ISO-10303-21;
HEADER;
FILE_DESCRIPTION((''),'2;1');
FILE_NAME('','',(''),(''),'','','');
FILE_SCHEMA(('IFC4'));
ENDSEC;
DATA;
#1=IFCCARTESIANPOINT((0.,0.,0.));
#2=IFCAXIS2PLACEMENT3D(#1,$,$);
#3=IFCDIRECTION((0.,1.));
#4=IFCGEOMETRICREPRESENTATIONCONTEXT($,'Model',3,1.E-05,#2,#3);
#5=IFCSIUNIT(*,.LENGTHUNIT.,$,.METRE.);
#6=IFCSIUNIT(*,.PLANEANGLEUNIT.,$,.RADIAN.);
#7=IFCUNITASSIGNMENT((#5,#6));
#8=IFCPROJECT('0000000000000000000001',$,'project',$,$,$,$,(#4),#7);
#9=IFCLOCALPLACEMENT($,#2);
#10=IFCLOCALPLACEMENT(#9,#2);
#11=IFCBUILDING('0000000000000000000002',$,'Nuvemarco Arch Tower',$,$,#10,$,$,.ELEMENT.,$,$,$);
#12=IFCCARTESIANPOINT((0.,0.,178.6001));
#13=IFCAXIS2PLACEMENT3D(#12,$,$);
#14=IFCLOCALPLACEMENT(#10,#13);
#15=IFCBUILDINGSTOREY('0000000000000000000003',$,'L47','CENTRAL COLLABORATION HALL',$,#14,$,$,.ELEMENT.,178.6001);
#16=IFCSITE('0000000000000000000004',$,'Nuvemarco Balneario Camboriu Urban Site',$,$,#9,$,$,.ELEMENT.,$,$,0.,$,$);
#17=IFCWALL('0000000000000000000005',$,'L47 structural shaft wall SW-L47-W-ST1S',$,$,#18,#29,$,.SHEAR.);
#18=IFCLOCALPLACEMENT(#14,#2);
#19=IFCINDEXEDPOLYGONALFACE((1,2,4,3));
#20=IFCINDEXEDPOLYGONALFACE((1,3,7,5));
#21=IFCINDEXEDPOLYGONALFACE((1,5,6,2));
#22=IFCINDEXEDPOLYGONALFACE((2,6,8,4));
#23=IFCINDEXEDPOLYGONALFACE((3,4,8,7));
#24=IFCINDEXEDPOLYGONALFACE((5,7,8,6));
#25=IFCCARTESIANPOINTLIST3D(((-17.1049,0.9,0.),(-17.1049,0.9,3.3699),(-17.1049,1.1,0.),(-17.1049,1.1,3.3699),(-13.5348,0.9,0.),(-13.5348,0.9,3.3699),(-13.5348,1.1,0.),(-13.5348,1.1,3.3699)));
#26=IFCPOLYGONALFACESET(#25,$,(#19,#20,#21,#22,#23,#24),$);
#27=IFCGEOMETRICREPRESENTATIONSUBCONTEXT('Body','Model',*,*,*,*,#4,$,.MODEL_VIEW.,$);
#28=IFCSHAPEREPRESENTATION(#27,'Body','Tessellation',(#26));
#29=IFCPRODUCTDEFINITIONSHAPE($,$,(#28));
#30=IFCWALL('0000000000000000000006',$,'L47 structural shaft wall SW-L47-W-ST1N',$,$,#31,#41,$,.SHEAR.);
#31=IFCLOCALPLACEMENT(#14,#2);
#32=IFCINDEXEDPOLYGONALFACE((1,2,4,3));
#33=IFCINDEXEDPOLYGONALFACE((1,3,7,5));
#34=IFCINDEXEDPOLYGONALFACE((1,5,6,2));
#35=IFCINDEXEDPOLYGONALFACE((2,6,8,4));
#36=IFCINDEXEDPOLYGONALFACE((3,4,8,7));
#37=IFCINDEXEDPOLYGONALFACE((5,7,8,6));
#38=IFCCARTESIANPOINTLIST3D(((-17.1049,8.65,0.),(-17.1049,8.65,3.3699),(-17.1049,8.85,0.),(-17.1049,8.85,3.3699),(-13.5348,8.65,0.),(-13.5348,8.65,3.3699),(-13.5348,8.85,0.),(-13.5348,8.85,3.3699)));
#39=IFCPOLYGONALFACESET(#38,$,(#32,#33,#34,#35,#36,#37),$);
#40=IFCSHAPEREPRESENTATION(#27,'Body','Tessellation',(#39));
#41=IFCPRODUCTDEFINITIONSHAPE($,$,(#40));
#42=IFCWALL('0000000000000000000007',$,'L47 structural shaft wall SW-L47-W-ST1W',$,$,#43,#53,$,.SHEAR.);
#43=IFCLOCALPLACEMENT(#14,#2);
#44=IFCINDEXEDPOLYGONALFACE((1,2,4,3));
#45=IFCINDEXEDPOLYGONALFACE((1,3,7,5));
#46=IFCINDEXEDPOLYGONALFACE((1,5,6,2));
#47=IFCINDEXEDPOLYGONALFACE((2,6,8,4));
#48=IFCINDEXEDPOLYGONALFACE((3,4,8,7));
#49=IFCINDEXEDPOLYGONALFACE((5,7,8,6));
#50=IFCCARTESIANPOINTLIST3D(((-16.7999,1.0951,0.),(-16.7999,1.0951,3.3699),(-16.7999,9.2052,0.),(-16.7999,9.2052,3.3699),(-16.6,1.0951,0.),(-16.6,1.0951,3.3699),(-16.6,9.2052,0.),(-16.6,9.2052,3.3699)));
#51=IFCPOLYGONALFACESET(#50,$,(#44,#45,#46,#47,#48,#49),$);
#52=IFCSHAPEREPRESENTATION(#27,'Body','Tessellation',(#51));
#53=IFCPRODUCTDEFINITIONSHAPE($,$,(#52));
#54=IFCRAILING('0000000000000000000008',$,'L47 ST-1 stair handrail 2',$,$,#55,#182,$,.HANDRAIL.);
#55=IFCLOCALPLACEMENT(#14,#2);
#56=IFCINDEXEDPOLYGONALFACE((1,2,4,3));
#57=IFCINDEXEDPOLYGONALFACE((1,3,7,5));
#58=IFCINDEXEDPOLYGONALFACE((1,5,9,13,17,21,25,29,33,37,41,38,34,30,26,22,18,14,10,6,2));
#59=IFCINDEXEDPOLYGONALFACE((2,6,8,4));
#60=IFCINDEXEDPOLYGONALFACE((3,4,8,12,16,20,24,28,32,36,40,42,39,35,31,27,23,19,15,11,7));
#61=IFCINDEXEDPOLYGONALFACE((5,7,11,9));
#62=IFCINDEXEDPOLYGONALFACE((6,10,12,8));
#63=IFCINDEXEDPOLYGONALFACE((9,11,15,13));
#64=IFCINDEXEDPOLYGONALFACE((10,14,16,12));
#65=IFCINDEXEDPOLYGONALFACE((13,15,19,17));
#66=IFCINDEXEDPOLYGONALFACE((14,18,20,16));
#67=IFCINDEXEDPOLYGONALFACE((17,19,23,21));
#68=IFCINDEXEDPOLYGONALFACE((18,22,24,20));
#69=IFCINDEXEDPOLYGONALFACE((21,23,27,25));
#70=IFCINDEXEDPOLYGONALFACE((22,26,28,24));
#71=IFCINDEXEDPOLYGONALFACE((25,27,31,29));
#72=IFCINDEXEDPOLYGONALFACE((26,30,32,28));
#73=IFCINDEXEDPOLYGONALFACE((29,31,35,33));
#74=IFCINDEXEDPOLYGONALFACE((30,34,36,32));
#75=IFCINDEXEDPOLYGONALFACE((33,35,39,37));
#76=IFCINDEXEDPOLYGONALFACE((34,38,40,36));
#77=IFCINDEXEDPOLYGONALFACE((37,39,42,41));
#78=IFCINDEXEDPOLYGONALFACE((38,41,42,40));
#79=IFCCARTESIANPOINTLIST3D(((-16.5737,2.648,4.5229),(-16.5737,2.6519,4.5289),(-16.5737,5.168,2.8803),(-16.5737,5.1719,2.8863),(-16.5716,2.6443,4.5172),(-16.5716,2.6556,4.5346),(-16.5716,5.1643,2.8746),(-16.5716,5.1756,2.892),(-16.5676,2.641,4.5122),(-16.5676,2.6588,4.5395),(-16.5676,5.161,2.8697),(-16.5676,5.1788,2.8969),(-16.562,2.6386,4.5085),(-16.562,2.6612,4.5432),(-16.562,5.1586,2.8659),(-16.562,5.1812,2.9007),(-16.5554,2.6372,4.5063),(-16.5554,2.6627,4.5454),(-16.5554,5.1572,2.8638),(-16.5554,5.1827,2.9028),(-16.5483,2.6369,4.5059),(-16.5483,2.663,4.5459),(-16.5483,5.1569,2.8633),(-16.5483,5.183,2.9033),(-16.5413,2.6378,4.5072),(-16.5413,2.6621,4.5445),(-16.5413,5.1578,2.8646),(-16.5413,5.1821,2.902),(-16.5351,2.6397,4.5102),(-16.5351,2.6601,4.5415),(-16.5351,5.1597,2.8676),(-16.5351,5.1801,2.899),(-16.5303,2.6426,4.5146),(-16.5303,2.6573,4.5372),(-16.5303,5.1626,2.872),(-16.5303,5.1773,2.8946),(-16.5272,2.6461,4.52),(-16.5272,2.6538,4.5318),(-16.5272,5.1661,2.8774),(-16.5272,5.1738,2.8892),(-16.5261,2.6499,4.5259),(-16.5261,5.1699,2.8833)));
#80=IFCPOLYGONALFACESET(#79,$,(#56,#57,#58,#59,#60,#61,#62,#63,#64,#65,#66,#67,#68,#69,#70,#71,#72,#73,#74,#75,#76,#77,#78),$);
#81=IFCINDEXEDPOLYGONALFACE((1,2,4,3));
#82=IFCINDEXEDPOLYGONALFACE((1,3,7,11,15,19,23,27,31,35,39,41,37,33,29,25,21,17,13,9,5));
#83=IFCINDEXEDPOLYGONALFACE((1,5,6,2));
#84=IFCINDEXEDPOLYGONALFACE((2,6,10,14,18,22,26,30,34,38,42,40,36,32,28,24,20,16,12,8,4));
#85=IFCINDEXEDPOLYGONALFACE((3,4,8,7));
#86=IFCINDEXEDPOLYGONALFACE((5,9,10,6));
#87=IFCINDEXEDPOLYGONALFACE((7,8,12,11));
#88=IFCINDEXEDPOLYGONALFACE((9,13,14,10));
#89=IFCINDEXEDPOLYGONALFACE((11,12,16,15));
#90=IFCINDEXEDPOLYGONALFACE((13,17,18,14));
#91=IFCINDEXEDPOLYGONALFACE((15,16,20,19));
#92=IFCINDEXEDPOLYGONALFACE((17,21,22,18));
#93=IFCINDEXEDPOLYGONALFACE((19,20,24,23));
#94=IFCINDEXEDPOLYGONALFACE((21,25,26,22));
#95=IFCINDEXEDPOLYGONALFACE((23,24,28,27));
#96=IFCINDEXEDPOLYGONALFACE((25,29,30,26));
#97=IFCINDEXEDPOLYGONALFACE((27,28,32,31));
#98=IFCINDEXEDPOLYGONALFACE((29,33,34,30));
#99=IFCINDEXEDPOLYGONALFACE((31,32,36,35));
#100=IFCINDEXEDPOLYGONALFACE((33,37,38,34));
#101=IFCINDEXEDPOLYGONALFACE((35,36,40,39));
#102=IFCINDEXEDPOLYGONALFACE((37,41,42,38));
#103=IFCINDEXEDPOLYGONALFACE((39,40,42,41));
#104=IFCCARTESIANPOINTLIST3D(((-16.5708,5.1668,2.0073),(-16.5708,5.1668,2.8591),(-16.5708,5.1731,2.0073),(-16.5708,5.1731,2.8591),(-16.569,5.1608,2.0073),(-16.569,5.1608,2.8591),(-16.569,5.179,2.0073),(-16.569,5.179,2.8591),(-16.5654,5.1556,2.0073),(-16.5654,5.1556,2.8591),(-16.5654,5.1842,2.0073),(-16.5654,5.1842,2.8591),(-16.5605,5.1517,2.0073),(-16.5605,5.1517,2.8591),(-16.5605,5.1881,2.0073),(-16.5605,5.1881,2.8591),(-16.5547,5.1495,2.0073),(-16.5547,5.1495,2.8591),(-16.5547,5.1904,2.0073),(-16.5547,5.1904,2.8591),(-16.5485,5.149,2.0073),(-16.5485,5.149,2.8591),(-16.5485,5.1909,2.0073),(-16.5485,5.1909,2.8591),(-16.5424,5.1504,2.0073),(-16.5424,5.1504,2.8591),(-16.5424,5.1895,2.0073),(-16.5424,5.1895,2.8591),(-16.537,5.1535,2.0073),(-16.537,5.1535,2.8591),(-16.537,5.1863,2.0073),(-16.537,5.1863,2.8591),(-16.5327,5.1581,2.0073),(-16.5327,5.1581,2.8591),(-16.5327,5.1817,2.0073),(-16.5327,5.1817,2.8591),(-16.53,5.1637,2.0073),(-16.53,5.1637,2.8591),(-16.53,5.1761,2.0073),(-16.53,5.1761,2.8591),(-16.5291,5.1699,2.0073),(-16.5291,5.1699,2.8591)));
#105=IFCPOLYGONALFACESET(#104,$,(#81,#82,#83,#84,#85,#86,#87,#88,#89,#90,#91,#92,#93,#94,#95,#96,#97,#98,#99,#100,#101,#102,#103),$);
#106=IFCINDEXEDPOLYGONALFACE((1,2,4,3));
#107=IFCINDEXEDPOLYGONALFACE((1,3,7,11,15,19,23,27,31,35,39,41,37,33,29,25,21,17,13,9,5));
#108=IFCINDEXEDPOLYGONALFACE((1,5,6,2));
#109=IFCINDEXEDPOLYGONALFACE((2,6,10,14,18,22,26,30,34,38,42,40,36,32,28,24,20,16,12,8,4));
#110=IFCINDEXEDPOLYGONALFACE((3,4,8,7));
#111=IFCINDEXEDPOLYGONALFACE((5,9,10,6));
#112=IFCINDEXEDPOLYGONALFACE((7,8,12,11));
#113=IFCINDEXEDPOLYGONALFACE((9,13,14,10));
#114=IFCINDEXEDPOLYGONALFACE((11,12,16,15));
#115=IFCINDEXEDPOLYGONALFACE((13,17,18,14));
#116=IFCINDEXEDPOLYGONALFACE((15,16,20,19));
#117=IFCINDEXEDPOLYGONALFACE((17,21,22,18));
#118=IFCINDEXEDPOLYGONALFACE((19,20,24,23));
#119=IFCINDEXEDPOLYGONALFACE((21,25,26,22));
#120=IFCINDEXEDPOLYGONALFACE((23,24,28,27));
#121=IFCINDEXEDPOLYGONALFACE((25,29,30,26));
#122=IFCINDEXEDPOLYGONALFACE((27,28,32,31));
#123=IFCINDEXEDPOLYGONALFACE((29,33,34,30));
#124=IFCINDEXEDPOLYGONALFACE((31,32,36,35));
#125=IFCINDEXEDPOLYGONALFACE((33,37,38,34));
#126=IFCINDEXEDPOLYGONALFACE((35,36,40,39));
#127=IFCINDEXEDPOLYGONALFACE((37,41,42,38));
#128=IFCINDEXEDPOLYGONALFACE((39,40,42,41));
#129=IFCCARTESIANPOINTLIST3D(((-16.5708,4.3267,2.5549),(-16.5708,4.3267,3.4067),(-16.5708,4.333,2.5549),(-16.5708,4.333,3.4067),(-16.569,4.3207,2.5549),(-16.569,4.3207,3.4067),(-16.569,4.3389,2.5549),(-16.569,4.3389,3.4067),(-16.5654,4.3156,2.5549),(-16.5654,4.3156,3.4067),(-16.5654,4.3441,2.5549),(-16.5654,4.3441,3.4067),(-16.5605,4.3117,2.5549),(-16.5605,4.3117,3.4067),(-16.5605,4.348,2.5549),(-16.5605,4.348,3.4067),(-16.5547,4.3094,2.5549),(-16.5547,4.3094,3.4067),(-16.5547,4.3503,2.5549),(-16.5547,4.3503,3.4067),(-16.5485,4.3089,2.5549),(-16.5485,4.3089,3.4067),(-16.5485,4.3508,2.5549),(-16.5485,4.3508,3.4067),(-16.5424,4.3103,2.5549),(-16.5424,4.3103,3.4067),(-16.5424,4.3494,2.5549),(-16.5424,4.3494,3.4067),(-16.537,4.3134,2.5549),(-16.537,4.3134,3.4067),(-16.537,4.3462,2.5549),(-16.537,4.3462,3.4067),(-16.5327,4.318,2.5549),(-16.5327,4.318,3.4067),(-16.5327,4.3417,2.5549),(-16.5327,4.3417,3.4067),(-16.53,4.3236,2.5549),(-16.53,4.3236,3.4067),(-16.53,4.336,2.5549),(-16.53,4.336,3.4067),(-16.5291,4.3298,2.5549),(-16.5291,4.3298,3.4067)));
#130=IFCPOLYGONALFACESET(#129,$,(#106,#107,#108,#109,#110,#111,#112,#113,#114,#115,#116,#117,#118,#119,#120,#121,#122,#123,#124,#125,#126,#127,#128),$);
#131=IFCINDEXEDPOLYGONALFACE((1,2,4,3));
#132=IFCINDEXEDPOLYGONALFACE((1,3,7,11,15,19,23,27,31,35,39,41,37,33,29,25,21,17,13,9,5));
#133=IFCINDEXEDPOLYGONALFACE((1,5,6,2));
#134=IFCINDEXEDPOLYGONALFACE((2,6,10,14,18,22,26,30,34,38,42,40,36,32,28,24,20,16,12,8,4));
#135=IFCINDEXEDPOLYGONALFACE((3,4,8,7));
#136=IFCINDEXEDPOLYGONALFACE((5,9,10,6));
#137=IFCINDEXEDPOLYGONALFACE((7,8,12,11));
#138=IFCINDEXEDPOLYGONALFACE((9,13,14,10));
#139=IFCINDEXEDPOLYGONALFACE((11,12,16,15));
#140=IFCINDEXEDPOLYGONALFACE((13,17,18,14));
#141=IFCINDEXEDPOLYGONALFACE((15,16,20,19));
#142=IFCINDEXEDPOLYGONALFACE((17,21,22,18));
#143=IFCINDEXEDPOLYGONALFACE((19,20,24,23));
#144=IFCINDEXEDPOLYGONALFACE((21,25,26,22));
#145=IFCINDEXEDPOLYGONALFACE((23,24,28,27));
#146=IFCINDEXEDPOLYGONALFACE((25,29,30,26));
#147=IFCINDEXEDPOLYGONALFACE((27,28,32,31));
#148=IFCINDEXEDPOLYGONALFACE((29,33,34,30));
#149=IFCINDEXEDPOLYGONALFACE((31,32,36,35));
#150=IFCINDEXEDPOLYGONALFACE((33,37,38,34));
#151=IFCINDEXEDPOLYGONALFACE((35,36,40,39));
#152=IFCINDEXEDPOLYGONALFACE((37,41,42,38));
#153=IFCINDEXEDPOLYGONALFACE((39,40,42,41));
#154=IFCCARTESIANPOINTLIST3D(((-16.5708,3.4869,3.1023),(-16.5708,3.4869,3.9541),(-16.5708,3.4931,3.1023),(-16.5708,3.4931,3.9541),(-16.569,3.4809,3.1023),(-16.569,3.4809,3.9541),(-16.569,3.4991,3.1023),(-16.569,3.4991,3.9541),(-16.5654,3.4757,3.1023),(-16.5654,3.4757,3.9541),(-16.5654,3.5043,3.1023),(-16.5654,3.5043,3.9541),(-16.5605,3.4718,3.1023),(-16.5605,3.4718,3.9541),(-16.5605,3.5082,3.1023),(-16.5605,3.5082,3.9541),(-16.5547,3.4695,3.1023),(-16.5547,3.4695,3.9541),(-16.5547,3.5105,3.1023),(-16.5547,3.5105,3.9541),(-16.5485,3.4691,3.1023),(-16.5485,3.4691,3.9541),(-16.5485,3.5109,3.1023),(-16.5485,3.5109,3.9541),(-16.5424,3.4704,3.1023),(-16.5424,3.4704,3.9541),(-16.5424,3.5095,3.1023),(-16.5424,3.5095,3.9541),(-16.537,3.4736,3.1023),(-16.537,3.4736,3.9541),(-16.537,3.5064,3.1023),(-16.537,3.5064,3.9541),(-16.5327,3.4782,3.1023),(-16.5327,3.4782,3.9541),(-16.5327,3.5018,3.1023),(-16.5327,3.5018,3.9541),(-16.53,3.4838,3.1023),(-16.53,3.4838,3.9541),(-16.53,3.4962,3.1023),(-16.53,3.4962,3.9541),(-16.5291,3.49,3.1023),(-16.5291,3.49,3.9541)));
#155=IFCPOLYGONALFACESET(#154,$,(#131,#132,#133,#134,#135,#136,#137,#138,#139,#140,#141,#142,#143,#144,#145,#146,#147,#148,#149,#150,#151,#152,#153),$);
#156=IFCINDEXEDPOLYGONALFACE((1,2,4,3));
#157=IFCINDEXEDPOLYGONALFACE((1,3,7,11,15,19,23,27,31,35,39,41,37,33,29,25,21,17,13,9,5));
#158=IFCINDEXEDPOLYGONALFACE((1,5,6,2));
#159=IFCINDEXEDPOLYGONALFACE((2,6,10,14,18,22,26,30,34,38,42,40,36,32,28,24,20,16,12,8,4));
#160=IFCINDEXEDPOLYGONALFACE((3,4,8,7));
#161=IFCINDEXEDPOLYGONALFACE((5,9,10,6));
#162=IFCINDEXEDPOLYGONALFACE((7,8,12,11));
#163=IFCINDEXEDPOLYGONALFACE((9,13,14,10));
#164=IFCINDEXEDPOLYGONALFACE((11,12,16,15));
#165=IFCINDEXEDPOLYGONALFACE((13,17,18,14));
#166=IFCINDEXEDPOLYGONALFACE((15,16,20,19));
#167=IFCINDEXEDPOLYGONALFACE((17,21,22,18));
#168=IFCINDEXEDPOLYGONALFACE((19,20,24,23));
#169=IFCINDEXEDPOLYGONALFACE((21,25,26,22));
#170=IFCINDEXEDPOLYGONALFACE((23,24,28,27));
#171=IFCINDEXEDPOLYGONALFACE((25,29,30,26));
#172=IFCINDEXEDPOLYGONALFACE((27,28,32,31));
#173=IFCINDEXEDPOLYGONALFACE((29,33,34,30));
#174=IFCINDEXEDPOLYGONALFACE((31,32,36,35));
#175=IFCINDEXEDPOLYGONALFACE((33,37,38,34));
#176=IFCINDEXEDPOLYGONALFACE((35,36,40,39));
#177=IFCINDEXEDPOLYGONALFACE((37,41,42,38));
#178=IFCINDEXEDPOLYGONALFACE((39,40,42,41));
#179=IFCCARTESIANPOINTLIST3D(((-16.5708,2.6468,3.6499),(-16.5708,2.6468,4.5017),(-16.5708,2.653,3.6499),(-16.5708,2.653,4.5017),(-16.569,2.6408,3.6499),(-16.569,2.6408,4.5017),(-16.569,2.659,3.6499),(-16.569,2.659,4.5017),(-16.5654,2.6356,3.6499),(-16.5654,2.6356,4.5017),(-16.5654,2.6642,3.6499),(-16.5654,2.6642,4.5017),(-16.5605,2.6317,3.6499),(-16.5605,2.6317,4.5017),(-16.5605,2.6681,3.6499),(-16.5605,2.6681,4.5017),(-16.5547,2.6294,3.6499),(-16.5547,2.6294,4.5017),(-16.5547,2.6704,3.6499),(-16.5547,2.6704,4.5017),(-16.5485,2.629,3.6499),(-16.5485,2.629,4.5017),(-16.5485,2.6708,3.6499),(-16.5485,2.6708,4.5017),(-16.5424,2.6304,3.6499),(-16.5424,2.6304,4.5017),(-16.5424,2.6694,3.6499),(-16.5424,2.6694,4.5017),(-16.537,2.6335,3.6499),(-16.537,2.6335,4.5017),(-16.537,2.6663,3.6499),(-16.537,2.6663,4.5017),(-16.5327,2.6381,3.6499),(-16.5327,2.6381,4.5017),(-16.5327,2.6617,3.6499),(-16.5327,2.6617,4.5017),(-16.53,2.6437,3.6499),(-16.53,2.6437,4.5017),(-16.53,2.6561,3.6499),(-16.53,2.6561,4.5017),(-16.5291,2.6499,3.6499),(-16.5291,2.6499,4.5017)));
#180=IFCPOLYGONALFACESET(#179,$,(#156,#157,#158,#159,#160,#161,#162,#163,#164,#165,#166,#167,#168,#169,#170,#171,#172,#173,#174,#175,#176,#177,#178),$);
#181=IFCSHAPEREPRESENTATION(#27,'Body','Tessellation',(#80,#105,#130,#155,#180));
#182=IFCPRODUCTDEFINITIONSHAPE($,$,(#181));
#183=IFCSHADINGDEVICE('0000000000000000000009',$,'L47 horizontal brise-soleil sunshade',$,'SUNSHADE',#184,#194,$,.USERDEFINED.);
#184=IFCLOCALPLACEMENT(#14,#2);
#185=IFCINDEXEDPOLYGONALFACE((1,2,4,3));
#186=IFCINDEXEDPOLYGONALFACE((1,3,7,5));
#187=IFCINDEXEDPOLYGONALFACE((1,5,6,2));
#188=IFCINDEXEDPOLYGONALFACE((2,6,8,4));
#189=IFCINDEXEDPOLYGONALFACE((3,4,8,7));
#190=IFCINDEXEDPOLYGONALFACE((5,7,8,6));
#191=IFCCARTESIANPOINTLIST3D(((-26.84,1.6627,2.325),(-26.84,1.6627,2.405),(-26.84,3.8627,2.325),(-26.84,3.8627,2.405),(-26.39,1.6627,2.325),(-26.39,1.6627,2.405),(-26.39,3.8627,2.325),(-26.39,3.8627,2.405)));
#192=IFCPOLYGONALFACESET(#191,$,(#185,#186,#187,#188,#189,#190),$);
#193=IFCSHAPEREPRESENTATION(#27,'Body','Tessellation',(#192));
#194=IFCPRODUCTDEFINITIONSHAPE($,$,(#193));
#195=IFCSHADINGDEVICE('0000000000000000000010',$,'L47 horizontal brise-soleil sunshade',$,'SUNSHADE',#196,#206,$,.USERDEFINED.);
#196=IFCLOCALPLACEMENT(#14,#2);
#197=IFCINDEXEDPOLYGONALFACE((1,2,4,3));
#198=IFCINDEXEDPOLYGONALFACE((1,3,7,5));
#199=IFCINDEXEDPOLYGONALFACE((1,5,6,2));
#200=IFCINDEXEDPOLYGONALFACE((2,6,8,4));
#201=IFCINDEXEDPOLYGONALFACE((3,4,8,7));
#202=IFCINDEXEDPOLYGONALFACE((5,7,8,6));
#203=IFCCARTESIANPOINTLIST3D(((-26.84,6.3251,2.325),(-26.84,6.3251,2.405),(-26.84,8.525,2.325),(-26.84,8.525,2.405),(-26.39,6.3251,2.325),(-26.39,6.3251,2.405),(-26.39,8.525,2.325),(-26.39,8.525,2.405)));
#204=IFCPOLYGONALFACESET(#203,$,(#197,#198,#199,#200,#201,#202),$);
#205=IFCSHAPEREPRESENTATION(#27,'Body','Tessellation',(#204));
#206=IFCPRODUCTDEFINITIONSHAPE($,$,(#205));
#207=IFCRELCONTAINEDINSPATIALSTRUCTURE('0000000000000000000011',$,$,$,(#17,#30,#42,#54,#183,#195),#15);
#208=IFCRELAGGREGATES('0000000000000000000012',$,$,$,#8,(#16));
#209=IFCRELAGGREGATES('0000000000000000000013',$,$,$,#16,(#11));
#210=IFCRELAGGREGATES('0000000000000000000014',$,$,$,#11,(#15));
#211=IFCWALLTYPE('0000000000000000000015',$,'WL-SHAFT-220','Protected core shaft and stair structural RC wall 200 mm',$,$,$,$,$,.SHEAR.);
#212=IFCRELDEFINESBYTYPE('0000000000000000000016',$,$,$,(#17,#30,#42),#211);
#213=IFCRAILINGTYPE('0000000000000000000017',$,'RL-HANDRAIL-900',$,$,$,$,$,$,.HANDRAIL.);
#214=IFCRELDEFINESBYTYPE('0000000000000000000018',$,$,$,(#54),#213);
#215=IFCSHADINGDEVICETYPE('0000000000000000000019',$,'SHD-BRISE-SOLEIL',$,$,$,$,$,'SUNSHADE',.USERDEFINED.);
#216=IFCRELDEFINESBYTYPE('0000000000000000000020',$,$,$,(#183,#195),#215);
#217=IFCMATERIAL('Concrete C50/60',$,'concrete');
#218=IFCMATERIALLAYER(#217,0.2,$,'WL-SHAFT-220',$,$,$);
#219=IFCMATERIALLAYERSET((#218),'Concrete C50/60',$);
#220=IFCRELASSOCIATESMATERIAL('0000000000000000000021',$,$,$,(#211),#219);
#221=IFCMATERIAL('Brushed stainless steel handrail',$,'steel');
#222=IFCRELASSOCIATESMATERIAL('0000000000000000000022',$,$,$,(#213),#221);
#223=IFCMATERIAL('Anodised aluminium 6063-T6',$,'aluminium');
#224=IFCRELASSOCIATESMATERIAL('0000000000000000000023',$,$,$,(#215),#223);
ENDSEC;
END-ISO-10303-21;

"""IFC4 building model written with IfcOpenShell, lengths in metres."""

from ifc_helpers import new_model, si_unit, direction, frame, frame_2d, origin, origin_2d, place, context, subcontext, project, spatial, rectangle, circle, extrude, source, transform, mapped, material, layer, layer_set, type_object, type_shapes, element, save


model = new_model("IFC4")

# Units and contexts
model_context = context("Model", 3, precision=1e-05, world=origin(), true_north=direction((0.0, 1.0)))
body_context = subcontext(model_context, "Body", "Model", "MODEL_VIEW")
ifc_project = project(units=[si_unit("LENGTHUNIT", "METRE"), si_unit("PLANEANGLEUNIT", "RADIAN")], contexts=[model_context])

# Site, building, storey
site_placement = place(None, origin())
site = spatial("IfcSite", under=ifc_project, at=site_placement, Name="Nuvemarco Balneario Camboriu Urban Site", CompositionType="ELEMENT", RefElevation=0.0)
building_placement = place(site_placement, origin())
building = spatial("IfcBuilding", under=site, at=building_placement, Name="Nuvemarco Arch Tower", CompositionType="ELEMENT")
storey_placement = place(building_placement, frame((0.0, 0.0, 178.6001)))
storey = spatial("IfcBuildingStorey", under=building, at=storey_placement, Name="L47", Description="CENTRAL COLLABORATION HALL", CompositionType="ELEMENT", Elevation=178.6001)

# Shared definitions
ifc_material_1 = material(Name="Concrete C50/60", Category="concrete")

# Walls
ifc_layer_1 = layer(ifc_material_1, 0.2, Name="WL-SHAFT-220")
ifc_layer_set_1 = layer_set([ifc_layer_1], Name="Concrete C50/60")
wall_type_1 = type_object("IfcWallType", Name="WL-SHAFT-220", Description="Protected core shaft and stair structural RC wall 200 mm", PredefinedType="SHEAR", material=ifc_layer_set_1)
for number, where, z_axis, x_axis, name in (
    (1, (-17.105, 1.0, 0.0), (0.0, 0.0, 1.0), (1.0, 0.0, 0.0), "L47 structural shaft wall SW-L47-W-ST1S"),
    (2, (-17.105, 8.75, 0.0), (0.0, 0.0, 1.0), (1.0, 0.0, 0.0), "L47 structural shaft wall SW-L47-W-ST1N"),
):
    element("IfcWall", number, at=place(storey_placement, frame(where, z_axis=z_axis, x_axis=x_axis)), inside=storey, type_object=wall_type_1, Name=name, PredefinedType="SHEAR", context=body_context, shape_type="SweptSolid", body=[
        extrude(rectangle(XDim=3.5701, YDim=0.2, at=frame_2d((1.7852, 0.0))), origin(), (0.0, 0.0, 1.0), 3.3699),
    ])
wall_1_placement = place(storey_placement, frame((-16.7, 1.095, 0.0), z_axis=(0.0, 0.0, 1.0), x_axis=(0.0, 1.0, 0.0)))
element("IfcWall", 3, at=wall_1_placement, inside=storey, type_object=wall_type_1, Name="L47 structural shaft wall SW-L47-W-ST1W", PredefinedType="SHEAR", context=body_context, shape_type="SweptSolid", body=[
    extrude(rectangle(XDim=8.1101, YDim=0.2, at=frame_2d((4.0552, 0.0))), origin(), (0.0, 0.0, 1.0), 3.3699),
])

# Railing
ifc_material_2 = material(Name="Brushed stainless steel handrail", Category="steel")
railing_type = type_object("IfcRailingType", Name="RL-HANDRAIL-900", PredefinedType="HANDRAIL", material=ifc_material_2)
railing_placement = place(storey_placement, frame((-16.55, 5.1699, 2.0073)))
element("IfcRailing", 4, at=railing_placement, inside=storey, type_object=railing_type, Name="L47 ST-1 stair handrail 2", PredefinedType="HANDRAIL", context=body_context, shape_type="SweptSolid", body=[
    extrude(circle(Radius=0.0239, at=origin_2d()), frame((0.0, 0.0, 0.876), z_axis=(0.0, -0.837749, 0.546055), x_axis=(1.0, 0.0, 0.0)), (0.0, 0.0, 1.0), 3.0081),
    extrude(circle(Radius=0.021, at=origin_2d()), origin(), (0.0, 0.0, 1.0), 0.8518),
    extrude(circle(Radius=0.021, at=origin_2d()), frame((0.0, -0.8401, 0.5476)), (0.0, 0.0, 1.0), 0.8518),
    extrude(circle(Radius=0.021, at=origin_2d()), frame((0.0, -1.6799, 1.095)), (0.0, 0.0, 1.0), 0.8518),
    extrude(circle(Radius=0.021, at=origin_2d()), frame((0.0, -2.52, 1.6426)), (0.0, 0.0, 1.0), 0.8518),
])

# Shading devices
ifc_material_3 = material(Name="Anodised aluminium 6063-T6", Category="aluminium")
shading_device_type = type_object("IfcShadingDeviceType", Name="SHD-BRISE-SOLEIL", ElementType="SUNSHADE", PredefinedType="USERDEFINED", material=ifc_material_3)
shared_shape = source(origin(), body_context, "Body", "SweptSolid", [
    extrude(rectangle(XDim=2.2, YDim=0.45, at=origin_2d()), origin(), (0.0, 0.0, 1.0), 0.0801),
])
type_shapes(shading_device_type, [shared_shape])
for number, where, z_axis, x_axis, name in (
    (5, (-26.615, 2.7627, 2.325), (0.0, 0.0, 1.0), (0.0, 1.0, 0.0), "L47 horizontal brise-soleil sunshade"),
    (6, (-26.615, 7.425, 2.325), (0.0, 0.0, 1.0), (0.0, 1.0, 0.0), "L47 horizontal brise-soleil sunshade"),
):
    element("IfcShadingDevice", number, at=place(storey_placement, frame(where, z_axis=z_axis, x_axis=x_axis)), inside=storey, type_object=shading_device_type, Name=name, ObjectType="SUNSHADE", PredefinedType="USERDEFINED", context=body_context, shape_type="MappedRepresentation", body=[
        mapped(shared_shape, transform((0.0, 0.0, 0.0), scale=1.0)),
    ])

save(model, "model.ifc")
